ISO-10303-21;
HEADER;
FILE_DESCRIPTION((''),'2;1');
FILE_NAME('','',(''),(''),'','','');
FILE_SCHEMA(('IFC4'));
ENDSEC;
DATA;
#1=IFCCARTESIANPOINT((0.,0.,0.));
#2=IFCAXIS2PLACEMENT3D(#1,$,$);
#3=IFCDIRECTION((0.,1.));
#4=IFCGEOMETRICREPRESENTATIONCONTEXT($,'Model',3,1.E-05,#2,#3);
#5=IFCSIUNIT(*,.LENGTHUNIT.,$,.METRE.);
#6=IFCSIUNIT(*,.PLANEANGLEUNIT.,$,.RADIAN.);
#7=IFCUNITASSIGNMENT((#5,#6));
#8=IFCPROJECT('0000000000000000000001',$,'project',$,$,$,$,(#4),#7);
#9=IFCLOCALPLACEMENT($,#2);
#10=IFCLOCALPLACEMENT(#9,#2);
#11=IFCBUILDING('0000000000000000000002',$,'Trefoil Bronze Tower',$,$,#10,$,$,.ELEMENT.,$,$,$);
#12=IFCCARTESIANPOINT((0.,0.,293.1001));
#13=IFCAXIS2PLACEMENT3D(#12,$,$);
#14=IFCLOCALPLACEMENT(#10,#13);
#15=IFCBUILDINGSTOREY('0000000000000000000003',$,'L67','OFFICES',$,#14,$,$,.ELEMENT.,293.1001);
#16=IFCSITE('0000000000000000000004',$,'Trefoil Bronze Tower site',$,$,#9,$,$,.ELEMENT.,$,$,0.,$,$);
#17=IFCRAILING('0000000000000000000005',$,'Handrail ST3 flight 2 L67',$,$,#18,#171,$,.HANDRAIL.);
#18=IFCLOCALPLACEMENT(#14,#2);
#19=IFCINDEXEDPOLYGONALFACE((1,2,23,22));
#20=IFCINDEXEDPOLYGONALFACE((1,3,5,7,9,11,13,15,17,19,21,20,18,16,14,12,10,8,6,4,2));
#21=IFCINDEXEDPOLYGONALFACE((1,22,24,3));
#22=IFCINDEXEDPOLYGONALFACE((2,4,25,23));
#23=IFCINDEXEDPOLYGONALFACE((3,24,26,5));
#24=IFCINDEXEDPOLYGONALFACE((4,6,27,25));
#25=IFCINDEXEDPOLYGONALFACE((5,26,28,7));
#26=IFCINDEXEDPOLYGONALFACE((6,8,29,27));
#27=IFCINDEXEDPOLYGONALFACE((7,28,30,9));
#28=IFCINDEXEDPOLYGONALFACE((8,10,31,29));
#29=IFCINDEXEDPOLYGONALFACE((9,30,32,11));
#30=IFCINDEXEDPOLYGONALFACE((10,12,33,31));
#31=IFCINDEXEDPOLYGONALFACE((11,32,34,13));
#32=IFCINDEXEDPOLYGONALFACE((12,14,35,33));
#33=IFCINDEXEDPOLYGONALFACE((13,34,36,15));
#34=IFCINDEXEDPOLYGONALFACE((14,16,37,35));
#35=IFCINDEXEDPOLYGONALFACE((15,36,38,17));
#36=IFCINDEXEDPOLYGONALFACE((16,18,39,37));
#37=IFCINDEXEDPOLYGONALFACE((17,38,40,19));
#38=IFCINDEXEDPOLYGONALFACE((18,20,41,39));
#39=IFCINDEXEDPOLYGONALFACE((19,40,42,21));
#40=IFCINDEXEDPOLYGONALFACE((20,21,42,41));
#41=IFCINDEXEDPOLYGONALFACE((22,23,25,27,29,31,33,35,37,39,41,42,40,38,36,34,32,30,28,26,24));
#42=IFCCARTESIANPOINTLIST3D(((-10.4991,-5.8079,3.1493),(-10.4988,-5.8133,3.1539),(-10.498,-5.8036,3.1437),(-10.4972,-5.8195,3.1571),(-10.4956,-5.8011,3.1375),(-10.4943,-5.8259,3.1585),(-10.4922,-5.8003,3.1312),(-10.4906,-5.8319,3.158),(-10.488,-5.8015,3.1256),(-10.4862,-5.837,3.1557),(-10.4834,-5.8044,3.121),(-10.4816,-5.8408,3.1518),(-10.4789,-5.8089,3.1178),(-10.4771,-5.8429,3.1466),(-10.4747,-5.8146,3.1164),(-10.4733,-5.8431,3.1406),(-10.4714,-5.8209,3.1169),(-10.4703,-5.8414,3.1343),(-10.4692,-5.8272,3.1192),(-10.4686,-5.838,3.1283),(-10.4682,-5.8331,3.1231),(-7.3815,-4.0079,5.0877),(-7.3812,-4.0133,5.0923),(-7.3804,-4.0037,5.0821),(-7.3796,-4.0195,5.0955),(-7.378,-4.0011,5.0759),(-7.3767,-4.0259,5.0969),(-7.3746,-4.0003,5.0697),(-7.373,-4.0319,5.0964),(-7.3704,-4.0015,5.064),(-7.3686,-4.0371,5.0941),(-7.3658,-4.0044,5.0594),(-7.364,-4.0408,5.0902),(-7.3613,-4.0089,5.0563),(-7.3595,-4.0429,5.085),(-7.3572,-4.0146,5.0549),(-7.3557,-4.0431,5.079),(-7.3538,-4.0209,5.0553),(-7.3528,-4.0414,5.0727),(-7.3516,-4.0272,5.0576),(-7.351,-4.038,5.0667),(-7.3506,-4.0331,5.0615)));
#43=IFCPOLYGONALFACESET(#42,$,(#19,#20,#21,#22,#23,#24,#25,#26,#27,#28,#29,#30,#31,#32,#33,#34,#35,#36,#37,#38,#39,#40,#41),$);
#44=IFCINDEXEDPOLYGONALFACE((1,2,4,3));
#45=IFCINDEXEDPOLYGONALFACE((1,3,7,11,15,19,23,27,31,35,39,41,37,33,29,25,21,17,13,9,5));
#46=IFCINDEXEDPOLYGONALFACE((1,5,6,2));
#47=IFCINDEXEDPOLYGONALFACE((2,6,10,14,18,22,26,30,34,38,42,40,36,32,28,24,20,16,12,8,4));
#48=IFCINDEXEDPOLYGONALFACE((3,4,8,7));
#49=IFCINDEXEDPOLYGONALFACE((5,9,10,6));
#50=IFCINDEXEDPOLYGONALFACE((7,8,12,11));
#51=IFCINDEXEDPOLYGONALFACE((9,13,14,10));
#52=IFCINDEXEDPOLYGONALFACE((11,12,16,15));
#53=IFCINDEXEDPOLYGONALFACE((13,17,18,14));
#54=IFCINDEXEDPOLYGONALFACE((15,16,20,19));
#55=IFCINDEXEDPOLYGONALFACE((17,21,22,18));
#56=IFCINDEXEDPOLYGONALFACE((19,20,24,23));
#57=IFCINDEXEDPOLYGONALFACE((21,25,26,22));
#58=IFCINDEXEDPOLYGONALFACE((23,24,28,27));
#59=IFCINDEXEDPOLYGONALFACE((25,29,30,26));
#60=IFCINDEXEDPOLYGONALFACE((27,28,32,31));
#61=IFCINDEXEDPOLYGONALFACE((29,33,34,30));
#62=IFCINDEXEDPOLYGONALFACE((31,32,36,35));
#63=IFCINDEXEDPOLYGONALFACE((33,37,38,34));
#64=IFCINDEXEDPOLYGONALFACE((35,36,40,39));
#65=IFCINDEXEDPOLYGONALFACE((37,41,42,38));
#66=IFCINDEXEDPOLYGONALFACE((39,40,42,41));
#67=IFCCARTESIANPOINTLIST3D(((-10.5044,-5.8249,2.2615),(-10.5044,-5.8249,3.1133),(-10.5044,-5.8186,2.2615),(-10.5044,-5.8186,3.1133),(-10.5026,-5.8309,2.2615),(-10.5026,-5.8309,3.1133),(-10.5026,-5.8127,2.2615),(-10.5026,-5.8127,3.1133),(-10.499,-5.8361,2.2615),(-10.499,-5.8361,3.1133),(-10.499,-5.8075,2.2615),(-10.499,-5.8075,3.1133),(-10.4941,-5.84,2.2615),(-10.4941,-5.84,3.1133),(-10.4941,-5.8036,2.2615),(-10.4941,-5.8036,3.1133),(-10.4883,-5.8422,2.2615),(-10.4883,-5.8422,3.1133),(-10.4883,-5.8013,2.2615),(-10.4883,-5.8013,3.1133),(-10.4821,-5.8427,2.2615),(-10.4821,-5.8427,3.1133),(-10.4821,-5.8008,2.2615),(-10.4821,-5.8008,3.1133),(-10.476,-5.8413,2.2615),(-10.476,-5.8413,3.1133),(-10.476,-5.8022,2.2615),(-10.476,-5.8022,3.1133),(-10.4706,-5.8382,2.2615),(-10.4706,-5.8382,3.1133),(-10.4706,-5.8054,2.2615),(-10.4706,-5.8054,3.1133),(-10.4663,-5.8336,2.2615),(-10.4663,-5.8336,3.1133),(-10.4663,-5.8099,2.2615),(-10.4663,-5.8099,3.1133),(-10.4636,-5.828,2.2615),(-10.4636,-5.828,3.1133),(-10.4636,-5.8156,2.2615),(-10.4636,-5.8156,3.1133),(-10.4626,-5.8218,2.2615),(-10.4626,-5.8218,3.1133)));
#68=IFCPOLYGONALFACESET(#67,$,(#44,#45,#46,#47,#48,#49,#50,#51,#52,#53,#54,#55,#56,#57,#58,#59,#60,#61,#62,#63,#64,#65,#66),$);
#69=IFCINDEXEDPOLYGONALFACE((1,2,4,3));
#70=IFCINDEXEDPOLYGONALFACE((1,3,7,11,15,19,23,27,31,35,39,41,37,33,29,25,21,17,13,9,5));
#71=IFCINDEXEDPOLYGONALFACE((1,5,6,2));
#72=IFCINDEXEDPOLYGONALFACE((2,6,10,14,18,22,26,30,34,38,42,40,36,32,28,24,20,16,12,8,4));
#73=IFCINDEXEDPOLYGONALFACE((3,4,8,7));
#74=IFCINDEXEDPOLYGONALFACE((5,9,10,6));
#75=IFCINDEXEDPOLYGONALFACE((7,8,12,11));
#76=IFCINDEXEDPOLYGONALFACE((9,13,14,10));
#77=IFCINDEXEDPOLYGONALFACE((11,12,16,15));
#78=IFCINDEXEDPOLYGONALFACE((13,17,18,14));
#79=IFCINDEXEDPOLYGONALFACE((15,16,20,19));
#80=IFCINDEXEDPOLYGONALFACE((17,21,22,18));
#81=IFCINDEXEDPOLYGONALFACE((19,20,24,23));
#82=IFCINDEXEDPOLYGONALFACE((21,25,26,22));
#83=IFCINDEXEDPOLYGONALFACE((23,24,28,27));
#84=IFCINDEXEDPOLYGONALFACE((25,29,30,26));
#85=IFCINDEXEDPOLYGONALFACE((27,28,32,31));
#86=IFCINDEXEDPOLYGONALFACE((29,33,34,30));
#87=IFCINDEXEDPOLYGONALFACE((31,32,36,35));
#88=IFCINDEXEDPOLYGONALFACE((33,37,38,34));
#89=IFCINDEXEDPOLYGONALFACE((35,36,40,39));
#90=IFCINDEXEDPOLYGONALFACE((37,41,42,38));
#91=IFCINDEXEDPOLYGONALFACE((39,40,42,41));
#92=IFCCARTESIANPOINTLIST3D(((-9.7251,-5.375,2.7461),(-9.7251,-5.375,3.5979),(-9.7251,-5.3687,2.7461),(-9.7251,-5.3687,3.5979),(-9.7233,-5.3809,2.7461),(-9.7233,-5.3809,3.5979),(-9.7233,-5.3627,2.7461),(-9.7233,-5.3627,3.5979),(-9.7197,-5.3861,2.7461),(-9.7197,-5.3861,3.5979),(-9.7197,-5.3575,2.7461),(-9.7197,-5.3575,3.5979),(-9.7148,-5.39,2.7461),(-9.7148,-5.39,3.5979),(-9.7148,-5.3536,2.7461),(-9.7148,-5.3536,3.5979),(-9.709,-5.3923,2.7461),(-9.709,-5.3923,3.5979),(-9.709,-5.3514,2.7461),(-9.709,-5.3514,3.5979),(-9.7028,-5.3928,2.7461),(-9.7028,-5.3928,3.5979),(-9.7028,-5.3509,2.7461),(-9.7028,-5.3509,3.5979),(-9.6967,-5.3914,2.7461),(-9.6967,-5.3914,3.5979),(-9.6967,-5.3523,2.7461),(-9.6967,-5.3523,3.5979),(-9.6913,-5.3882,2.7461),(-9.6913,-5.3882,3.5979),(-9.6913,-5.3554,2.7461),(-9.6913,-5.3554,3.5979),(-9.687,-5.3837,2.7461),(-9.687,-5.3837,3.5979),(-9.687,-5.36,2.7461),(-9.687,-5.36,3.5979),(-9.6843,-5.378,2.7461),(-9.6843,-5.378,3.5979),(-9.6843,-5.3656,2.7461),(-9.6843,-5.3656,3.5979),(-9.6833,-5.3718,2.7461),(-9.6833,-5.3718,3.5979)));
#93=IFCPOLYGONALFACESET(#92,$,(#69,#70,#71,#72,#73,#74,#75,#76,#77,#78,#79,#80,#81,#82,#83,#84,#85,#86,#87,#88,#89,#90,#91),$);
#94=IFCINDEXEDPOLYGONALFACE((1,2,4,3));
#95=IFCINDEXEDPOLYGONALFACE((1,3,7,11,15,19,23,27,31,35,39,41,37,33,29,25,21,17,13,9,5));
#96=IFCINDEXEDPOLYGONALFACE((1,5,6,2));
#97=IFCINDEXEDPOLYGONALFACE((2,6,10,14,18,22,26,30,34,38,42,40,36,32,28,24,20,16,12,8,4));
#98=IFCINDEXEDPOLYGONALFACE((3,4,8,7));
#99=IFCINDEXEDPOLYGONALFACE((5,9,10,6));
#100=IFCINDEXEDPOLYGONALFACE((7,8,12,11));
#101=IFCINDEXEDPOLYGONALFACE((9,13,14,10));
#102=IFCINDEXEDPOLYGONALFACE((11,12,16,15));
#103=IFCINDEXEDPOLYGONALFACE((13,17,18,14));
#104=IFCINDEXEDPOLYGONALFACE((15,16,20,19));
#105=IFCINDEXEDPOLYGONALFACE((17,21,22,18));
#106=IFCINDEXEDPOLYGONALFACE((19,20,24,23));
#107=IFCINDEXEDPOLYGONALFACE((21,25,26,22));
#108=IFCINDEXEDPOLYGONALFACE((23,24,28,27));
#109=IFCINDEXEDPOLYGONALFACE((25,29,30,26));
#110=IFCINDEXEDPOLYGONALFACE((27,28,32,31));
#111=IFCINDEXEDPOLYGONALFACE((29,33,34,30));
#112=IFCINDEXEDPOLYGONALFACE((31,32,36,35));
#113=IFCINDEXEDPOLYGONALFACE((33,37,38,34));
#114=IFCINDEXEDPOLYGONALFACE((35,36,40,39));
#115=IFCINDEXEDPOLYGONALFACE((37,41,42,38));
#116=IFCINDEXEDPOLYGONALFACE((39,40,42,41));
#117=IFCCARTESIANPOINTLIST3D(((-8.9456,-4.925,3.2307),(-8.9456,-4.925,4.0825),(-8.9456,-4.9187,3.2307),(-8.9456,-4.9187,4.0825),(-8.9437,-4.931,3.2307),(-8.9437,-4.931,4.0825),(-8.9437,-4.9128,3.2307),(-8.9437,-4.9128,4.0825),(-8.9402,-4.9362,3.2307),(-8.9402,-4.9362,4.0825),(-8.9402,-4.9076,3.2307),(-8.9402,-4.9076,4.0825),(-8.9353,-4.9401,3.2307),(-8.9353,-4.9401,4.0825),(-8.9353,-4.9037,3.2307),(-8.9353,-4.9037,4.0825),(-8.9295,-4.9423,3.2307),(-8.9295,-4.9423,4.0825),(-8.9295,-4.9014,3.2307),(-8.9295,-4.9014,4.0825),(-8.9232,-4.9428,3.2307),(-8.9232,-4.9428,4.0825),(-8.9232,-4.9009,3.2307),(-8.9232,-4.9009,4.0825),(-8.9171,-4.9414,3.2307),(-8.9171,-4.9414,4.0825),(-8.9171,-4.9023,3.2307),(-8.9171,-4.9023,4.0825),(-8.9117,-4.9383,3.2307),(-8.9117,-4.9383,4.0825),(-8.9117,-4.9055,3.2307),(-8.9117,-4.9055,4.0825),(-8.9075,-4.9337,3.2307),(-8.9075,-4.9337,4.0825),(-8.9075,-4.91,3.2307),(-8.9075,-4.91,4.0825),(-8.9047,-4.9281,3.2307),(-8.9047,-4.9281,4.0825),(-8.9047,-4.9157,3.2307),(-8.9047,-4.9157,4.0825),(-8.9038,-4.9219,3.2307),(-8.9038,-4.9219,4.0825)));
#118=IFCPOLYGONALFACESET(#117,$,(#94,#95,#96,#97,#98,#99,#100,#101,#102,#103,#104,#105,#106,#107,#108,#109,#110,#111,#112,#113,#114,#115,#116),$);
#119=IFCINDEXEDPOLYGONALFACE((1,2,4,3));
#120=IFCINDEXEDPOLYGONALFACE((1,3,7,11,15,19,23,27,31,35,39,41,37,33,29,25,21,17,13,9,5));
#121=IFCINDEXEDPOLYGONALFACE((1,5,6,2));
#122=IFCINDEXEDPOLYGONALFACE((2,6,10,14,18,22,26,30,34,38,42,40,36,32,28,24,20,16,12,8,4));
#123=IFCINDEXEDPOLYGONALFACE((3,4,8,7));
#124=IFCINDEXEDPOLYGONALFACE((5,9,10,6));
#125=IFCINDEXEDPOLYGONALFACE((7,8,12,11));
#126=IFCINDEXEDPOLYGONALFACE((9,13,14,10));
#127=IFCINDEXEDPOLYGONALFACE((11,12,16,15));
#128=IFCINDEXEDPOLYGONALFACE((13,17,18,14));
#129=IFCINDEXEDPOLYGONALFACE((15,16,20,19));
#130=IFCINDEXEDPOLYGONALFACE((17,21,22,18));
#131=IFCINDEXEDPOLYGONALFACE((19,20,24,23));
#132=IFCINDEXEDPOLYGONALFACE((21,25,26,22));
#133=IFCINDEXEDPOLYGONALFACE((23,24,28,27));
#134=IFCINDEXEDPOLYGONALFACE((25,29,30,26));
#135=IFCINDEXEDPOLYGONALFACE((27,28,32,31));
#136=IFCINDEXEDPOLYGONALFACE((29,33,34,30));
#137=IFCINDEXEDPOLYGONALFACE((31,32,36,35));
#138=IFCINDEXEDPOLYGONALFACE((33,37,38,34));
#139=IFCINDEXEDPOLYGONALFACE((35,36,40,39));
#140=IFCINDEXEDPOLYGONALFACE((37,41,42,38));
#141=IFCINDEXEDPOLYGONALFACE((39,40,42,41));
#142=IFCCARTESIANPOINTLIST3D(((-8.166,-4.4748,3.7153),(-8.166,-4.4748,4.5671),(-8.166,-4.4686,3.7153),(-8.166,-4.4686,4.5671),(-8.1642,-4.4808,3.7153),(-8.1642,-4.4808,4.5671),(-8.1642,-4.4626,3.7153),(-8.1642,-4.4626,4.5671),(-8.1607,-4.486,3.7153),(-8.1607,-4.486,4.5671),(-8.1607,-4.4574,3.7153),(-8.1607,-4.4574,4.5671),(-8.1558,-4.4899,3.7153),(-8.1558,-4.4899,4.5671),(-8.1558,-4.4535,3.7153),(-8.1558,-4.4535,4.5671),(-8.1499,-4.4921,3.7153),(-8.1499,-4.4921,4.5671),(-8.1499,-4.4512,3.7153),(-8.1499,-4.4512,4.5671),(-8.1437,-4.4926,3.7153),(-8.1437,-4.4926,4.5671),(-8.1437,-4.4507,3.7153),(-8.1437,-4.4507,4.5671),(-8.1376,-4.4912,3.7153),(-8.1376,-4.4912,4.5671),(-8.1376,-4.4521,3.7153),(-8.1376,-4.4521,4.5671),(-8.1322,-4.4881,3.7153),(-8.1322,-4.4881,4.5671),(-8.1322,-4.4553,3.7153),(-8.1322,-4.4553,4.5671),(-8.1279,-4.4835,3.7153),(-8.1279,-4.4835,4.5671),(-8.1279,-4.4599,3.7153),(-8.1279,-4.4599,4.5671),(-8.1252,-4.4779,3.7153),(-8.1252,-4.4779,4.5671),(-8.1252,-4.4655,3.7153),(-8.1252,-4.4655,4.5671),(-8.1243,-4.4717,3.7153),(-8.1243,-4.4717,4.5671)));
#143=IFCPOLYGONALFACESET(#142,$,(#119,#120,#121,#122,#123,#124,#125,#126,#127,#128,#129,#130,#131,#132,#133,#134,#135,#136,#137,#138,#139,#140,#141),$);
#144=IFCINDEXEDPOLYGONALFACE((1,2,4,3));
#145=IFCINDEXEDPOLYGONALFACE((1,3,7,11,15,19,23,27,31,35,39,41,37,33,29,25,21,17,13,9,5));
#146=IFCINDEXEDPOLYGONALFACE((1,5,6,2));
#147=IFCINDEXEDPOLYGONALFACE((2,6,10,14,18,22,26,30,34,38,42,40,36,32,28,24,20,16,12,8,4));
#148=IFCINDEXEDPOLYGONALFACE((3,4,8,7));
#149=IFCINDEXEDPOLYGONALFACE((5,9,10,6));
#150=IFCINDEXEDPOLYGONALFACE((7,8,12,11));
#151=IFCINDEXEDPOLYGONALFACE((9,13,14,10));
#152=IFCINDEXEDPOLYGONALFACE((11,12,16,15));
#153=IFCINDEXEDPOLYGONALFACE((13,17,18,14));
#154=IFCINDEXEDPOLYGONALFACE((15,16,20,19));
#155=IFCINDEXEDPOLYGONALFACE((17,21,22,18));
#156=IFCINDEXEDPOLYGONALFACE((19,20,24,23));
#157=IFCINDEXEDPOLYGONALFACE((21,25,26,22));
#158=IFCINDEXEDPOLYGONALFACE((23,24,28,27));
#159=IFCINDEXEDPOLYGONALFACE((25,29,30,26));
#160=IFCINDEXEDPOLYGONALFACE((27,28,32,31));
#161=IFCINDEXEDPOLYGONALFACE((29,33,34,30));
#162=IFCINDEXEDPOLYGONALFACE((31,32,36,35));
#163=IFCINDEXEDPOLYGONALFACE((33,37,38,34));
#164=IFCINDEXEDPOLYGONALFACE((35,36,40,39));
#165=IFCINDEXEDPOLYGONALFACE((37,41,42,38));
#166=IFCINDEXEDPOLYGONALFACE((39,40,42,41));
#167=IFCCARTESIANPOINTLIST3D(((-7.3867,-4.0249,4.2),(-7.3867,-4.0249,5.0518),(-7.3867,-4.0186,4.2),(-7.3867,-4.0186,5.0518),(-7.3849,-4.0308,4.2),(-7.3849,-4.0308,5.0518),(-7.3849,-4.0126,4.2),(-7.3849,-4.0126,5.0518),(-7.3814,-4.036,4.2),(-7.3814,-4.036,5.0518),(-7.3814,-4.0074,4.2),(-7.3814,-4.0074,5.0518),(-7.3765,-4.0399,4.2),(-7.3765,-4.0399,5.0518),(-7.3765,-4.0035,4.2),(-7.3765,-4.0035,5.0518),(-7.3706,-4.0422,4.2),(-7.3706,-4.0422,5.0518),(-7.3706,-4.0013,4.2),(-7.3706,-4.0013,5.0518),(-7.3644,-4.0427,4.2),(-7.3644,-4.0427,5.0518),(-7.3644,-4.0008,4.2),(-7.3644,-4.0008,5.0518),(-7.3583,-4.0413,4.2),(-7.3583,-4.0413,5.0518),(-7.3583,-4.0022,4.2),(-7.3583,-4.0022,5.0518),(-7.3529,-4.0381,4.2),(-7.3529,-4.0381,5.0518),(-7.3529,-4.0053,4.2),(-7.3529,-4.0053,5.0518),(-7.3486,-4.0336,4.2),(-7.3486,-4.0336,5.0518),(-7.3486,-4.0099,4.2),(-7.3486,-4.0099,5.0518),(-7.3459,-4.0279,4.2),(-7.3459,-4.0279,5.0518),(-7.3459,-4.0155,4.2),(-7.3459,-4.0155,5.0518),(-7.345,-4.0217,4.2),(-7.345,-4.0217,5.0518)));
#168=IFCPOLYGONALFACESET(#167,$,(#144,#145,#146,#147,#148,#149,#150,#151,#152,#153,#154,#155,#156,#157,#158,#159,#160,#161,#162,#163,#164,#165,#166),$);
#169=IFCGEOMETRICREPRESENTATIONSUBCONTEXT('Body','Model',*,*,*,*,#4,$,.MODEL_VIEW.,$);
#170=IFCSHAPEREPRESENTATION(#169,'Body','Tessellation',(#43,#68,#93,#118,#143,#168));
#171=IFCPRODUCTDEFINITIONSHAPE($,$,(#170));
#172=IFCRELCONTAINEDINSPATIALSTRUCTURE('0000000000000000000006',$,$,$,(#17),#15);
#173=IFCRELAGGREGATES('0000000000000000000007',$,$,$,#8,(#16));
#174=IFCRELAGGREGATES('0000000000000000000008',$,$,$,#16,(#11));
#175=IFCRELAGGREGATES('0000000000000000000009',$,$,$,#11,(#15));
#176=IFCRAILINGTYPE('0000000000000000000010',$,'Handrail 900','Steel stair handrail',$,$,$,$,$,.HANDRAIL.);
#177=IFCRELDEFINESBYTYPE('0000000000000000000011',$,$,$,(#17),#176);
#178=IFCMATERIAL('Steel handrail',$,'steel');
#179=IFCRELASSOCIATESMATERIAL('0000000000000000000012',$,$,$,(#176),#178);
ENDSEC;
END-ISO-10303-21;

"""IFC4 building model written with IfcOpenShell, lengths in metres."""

from ifc_helpers import new_model, si_unit, direction, frame, origin, origin_2d, place, context, subcontext, project, spatial, circle, extrude, material, type_object, element, save


model = new_model("IFC4")

# Units and contexts
model_context = context("Model", 3, precision=1e-05, world=origin(), true_north=direction((0.0, 1.0)))
body_context = subcontext(model_context, "Body", "Model", "MODEL_VIEW")
ifc_project = project(units=[si_unit("LENGTHUNIT", "METRE"), si_unit("PLANEANGLEUNIT", "RADIAN")], contexts=[model_context])

# Site, building, storey
site_placement = place(None, origin())
site = spatial("IfcSite", under=ifc_project, at=site_placement, Name="Trefoil Bronze Tower site", CompositionType="ELEMENT", RefElevation=0.0)
building_placement = place(site_placement, origin())
building = spatial("IfcBuilding", under=site, at=building_placement, Name="Trefoil Bronze Tower", CompositionType="ELEMENT")
storey_placement = place(building_placement, frame((0.0, 0.0, 293.1001)))
storey = spatial("IfcBuildingStorey", under=building, at=storey_placement, Name="L67", Description="OFFICES", CompositionType="ELEMENT", Elevation=293.1001)

# Railing
ifc_material_1 = material(Name="Steel handrail", Category="steel")
railing_type = type_object("IfcRailingType", Name="Handrail 900", Description="Steel stair handrail", PredefinedType="HANDRAIL", material=ifc_material_1)
railing_placement = place(storey_placement, frame((-10.4836, -5.8218, 2.2615)))
element("IfcRailing", 1, at=railing_placement, inside=storey, type_object=railing_type, Name="Handrail ST3 flight 2 L67", PredefinedType="HANDRAIL", context=body_context, shape_type="SweptSolid", body=[
    extrude(circle(Radius=0.0239, at=origin_2d()), frame((0.0, 0.0, 0.876), z_axis=(0.762503, 0.440246, 0.474102), x_axis=(-0.500012, 0.866018, 0.0)), (0.0, 0.0, 1.0), 4.0886),
    extrude(circle(Radius=0.021, at=origin_2d()), origin(), (0.0, 0.0, 1.0), 0.8518),
    extrude(circle(Radius=0.021, at=origin_2d()), frame((0.7793, 0.45, 0.4846)), (0.0, 0.0, 1.0), 0.8518),
    extrude(circle(Radius=0.021, at=origin_2d()), frame((1.5588, 0.8999, 0.9692)), (0.0, 0.0, 1.0), 0.8518),
    extrude(circle(Radius=0.021, at=origin_2d()), frame((2.3384, 1.3501, 1.4539)), (0.0, 0.0, 1.0), 0.8518),
    extrude(circle(Radius=0.021, at=origin_2d()), frame((3.1177, 1.8, 1.9385)), (0.0, 0.0, 1.0), 0.8518),
])

save(model, "model.ifc")
